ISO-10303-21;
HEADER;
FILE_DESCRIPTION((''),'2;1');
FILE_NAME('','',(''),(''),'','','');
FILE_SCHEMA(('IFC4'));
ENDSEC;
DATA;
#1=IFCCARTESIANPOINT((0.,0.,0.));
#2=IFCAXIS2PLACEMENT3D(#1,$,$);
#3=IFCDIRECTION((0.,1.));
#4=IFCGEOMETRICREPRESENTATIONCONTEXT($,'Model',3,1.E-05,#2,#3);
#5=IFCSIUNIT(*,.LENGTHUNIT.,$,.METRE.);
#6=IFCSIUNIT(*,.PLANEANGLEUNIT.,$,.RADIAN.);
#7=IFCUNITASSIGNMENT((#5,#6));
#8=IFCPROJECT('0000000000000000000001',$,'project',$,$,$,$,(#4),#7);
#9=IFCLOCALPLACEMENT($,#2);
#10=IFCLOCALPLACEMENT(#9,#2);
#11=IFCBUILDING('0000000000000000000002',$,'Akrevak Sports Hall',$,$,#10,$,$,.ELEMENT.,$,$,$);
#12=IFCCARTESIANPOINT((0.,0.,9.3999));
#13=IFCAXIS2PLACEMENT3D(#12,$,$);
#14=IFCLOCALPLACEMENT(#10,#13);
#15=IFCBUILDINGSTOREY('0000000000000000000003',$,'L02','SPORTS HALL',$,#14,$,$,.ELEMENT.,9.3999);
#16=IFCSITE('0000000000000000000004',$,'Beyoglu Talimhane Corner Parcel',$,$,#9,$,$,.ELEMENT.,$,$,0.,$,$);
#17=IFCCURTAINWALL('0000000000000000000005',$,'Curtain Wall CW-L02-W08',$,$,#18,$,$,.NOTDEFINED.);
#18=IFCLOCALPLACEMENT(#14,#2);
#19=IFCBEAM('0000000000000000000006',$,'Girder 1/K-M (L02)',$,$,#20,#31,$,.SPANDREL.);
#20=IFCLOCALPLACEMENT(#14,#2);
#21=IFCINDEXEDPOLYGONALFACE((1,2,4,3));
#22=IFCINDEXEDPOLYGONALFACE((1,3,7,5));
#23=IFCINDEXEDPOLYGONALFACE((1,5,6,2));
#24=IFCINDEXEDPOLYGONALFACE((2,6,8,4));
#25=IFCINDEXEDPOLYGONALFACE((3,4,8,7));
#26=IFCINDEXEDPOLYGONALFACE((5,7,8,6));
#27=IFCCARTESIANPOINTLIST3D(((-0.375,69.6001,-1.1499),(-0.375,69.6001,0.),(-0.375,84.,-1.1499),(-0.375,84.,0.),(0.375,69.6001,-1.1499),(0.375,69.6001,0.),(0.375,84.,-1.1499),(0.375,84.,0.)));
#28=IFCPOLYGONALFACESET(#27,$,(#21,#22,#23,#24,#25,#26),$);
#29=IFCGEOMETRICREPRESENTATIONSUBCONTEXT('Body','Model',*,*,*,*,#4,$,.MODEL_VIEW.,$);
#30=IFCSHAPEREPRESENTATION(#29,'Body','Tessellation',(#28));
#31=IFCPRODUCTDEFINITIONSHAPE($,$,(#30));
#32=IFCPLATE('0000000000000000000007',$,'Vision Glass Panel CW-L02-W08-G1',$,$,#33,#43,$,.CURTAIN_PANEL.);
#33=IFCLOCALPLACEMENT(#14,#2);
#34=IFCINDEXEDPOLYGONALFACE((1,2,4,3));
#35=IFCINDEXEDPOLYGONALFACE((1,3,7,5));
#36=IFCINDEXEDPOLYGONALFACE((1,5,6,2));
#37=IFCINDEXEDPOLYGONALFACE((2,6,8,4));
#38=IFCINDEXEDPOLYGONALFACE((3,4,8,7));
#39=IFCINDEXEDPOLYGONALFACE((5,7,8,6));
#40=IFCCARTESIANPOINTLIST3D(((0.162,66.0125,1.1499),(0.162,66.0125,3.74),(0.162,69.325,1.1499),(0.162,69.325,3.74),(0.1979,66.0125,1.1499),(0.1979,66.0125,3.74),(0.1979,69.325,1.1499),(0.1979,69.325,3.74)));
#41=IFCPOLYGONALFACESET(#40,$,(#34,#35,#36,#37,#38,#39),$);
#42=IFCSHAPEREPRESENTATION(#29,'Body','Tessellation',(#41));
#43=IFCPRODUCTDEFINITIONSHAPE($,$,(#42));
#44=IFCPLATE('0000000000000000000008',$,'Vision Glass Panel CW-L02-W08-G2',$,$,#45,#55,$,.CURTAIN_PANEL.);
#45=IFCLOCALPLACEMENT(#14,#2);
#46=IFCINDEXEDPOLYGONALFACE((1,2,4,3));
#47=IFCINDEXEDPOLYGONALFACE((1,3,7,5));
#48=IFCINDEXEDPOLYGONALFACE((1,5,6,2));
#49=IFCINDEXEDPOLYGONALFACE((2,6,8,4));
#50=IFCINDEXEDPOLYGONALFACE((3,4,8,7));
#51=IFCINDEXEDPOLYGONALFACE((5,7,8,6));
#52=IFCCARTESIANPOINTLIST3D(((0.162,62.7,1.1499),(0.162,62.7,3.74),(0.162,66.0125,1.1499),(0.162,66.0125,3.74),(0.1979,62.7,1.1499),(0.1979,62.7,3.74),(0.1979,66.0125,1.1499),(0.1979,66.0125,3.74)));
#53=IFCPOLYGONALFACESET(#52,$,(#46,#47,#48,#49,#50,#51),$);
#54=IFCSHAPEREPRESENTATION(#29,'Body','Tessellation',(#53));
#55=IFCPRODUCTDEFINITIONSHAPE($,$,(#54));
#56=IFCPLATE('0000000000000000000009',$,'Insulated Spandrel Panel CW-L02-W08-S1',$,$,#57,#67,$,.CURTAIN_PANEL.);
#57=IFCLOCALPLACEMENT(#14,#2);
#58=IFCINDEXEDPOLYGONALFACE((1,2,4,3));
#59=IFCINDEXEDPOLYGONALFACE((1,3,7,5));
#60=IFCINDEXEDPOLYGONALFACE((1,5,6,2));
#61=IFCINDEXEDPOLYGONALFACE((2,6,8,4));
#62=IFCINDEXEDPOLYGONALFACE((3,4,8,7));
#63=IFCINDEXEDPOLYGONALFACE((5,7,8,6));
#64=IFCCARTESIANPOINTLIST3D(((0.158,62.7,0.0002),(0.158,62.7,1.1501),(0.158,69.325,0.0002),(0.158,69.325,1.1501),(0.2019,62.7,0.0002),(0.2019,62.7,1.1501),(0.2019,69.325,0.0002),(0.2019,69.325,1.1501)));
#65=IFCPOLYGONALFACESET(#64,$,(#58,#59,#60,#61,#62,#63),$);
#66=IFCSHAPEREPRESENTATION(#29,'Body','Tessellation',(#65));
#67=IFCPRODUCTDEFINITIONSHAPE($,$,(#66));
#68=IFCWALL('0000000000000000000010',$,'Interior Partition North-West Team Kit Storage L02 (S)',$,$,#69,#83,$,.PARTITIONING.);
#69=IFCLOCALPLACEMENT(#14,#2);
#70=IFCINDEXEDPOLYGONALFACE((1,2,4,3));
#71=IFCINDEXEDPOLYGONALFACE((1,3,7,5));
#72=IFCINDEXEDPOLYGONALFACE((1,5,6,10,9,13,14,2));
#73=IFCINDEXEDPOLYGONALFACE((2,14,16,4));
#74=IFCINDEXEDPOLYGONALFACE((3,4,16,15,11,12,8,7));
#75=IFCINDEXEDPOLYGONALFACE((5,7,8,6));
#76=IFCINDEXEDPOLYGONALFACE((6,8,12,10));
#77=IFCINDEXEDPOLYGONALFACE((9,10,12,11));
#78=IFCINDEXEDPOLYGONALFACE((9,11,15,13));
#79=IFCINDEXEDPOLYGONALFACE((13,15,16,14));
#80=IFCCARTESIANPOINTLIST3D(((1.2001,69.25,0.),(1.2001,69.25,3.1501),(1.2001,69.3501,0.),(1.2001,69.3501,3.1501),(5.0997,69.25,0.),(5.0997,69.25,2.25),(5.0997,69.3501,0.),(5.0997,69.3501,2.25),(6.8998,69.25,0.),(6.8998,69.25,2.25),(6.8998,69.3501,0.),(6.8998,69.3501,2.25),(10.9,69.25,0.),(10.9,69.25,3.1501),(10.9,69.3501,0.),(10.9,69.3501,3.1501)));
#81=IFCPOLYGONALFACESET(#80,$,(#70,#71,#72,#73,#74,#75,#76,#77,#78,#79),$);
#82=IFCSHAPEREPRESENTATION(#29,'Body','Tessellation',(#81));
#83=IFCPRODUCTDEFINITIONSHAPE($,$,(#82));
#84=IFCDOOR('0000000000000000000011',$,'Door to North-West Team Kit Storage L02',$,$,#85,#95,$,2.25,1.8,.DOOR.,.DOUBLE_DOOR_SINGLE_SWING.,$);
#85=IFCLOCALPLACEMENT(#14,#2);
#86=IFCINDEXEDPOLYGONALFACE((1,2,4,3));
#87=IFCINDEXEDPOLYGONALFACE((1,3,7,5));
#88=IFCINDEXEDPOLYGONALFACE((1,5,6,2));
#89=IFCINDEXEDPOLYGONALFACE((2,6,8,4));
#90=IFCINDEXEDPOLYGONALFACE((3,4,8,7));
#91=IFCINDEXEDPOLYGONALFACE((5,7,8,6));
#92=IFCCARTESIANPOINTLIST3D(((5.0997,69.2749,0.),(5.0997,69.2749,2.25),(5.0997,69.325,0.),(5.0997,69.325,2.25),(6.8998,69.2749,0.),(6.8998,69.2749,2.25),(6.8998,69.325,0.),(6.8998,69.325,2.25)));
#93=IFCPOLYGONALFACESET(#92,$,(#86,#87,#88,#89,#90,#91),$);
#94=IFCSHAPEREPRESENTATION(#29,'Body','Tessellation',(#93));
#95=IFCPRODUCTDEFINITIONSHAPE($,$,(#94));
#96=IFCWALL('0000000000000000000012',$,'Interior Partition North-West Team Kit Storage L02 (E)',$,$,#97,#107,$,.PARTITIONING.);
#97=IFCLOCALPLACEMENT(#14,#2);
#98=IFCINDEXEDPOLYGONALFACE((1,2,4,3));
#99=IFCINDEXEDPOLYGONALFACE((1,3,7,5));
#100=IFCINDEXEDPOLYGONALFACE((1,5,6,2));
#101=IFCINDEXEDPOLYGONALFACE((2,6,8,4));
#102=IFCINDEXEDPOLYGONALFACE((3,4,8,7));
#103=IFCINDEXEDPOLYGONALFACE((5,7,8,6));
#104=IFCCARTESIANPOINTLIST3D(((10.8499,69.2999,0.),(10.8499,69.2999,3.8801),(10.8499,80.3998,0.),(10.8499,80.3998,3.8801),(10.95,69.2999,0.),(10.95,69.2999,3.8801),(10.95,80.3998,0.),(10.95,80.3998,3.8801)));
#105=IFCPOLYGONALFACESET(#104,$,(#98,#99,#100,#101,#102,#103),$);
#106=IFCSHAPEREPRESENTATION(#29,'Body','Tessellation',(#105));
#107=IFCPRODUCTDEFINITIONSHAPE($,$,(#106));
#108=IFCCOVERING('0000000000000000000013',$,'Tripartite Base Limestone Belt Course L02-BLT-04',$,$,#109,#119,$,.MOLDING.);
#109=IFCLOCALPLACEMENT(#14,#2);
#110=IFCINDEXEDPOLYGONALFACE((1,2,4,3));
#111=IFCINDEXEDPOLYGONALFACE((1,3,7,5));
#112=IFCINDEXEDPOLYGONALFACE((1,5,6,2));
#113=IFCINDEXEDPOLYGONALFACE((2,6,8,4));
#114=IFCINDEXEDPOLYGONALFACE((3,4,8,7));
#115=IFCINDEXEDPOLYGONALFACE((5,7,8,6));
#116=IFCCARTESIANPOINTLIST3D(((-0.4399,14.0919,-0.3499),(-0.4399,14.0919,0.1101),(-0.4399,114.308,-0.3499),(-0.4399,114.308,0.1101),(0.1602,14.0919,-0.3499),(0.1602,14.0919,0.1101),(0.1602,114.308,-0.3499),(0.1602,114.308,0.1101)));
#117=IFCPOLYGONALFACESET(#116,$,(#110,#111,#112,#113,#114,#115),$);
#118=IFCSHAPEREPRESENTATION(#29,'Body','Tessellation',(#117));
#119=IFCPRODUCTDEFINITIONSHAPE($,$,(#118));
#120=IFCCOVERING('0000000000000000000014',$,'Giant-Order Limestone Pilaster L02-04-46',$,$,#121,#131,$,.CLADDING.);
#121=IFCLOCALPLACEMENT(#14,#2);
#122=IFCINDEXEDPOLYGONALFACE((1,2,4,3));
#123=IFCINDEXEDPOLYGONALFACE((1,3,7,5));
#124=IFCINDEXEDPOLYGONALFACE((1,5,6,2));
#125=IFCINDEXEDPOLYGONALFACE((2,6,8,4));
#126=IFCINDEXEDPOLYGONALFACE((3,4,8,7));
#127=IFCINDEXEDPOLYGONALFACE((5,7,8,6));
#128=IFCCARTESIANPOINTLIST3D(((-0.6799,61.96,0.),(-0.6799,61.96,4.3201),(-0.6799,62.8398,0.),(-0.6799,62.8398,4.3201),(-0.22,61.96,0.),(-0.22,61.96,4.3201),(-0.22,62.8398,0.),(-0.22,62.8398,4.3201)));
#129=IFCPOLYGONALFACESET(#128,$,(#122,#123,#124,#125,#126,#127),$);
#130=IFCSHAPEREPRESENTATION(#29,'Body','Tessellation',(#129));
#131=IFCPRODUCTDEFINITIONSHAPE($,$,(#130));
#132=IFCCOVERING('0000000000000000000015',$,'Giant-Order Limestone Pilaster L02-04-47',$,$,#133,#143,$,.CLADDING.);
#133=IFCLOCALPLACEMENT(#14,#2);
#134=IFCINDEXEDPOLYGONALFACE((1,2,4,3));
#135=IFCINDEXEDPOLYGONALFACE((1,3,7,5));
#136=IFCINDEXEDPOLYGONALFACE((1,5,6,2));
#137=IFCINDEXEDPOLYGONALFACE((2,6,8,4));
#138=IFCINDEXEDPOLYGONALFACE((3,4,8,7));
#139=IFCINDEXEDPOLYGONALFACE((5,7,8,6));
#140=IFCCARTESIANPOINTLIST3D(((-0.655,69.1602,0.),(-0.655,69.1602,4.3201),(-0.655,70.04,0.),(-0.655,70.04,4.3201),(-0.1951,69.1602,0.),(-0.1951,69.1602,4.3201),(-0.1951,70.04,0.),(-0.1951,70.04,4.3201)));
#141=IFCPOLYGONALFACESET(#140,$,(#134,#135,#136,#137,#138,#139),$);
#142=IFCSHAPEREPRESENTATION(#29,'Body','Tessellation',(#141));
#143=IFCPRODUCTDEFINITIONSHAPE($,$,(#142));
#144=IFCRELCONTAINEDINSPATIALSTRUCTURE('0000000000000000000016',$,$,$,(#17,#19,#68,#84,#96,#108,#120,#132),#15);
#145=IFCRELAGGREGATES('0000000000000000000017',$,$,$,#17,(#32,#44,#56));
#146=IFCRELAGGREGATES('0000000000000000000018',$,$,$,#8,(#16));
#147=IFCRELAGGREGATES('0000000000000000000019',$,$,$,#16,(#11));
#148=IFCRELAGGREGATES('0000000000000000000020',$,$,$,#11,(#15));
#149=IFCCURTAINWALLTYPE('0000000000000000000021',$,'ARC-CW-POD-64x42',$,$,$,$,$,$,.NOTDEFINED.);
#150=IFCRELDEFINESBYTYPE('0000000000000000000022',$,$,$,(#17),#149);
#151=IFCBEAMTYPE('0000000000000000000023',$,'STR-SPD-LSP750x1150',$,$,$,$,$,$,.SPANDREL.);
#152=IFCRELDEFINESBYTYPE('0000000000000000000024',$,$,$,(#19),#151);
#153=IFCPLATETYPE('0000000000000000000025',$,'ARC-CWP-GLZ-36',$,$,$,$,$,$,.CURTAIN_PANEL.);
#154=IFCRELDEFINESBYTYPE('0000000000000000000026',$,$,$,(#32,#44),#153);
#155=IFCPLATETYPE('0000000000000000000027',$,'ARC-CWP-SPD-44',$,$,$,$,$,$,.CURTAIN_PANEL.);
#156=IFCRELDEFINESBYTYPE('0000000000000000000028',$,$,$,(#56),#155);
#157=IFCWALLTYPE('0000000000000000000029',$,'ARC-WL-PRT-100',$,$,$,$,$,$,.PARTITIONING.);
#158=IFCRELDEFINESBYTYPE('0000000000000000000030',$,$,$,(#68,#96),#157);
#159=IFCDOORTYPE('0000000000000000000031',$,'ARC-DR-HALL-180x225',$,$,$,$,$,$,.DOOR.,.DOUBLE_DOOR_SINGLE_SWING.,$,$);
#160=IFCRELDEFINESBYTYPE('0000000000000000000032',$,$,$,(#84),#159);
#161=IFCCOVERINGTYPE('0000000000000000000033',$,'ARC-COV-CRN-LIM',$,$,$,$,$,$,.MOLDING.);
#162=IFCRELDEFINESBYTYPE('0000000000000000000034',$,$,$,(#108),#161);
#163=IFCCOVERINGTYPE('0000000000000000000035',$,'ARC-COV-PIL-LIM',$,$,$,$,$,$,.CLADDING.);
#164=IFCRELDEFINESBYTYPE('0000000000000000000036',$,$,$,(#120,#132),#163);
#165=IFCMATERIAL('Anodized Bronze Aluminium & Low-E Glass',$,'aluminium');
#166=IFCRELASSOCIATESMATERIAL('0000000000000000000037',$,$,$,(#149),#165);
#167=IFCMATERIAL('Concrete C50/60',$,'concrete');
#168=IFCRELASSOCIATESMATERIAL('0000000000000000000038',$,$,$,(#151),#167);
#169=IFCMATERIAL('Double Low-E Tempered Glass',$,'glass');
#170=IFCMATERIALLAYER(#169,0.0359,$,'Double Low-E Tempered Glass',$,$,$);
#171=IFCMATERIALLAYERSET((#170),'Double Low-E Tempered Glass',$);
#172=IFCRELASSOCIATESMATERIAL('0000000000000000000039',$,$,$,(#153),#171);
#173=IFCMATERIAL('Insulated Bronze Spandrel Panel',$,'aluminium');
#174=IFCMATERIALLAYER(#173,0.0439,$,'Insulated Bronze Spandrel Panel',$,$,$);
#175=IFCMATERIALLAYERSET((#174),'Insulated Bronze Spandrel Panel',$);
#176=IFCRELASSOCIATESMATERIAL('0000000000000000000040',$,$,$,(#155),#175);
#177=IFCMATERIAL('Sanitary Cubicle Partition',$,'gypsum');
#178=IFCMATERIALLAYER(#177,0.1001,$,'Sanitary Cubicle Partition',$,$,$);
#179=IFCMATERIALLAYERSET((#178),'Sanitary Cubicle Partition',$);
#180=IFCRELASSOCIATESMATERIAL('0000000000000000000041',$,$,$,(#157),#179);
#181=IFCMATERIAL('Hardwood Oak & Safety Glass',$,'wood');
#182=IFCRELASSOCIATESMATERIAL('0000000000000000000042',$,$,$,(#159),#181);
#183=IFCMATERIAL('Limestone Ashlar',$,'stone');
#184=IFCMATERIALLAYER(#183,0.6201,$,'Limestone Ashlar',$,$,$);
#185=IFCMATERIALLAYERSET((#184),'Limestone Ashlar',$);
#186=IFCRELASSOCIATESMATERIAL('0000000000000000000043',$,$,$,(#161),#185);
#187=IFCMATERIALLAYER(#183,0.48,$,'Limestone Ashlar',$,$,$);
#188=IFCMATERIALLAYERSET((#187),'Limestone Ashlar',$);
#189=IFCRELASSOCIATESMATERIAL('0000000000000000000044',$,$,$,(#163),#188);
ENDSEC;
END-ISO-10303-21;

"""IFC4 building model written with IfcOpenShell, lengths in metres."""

from ifc_helpers import new_model, si_unit, direction, frame, frame_2d, origin, origin_2d, place, context, subcontext, project, spatial, rectangle, extrude, material, layer, layer_set, material_profile, profile_set, type_object, element, fill, aggregate, save


model = new_model("IFC4")

# Units and contexts
model_context = context("Model", 3, precision=1e-05, world=origin(), true_north=direction((0.0, 1.0)))
body_context = subcontext(model_context, "Body", "Model", "MODEL_VIEW")
ifc_project = project(units=[si_unit("LENGTHUNIT", "METRE"), si_unit("PLANEANGLEUNIT", "RADIAN")], contexts=[model_context])

# Site, building, storey
site_placement = place(None, origin())
site = spatial("IfcSite", under=ifc_project, at=site_placement, Name="Beyoglu Talimhane Corner Parcel", CompositionType="ELEMENT", RefElevation=0.0)
building_placement = place(site_placement, origin())
building = spatial("IfcBuilding", under=site, at=building_placement, Name="Akrevak Sports Hall", CompositionType="ELEMENT")
storey_placement = place(building_placement, frame((0.0, 0.0, 9.3999)))
storey = spatial("IfcBuildingStorey", under=building, at=storey_placement, Name="L02", Description="SPORTS HALL", CompositionType="ELEMENT", Elevation=9.3999)

# Curtain wall
ifc_material_1 = material(Name="Anodized Bronze Aluminium & Low-E Glass", Category="aluminium")
curtain_wall_type = type_object("IfcCurtainWallType", Name="ARC-CW-POD-64x42", PredefinedType="NOTDEFINED", material=ifc_material_1)
curtain_wall_1_placement = place(storey_placement, origin())
curtain_wall_1 = element("IfcCurtainWall", 1, at=curtain_wall_1_placement, inside=storey, type_object=curtain_wall_type, Name="Curtain Wall CW-L02-W08", PredefinedType="NOTDEFINED")

# Beam
ifc_material_2 = material(Name="Concrete C50/60", Category="concrete")
ifc_material_profile_1 = material_profile(ifc_material_2, rectangle(XDim=0.75, YDim=1.1499, at=origin_2d()), Name="SPD 750x1150", Category="concrete")
ifc_profile_set_1 = profile_set([ifc_material_profile_1], Name="Concrete C50/60")
beam_type_1 = type_object("IfcBeamType", Name="STR-SPD-LSP750x1150", PredefinedType="SPANDREL", material=ifc_profile_set_1)
beam_1_placement = place(storey_placement, frame((0.0, 69.6001, -0.575), z_axis=(0.0, 1.0, 0.0), x_axis=(-1.0, 0.0, 0.0)))
element("IfcBeam", 2, at=beam_1_placement, inside=storey, type_object=beam_type_1, Name="Girder 1/K-M (L02)", PredefinedType="SPANDREL", context=body_context, shape_type="SweptSolid", body=[
    extrude(rectangle(XDim=0.75, YDim=1.1499, at=origin_2d()), origin(), (0.0, 0.0, 1.0), 14.3999),
])

# Plates
ifc_material_3 = material(Name="Double Low-E Tempered Glass", Category="glass")
ifc_layer_1 = layer(ifc_material_3, 0.0359, Name="Double Low-E Tempered Glass")
ifc_layer_set_1 = layer_set([ifc_layer_1], Name="Double Low-E Tempered Glass")
plate_type_1 = type_object("IfcPlateType", Name="ARC-CWP-GLZ-36", PredefinedType="CURTAIN_PANEL", material=ifc_layer_set_1)
plate_1_placement = place(storey_placement, frame((0.1799, 67.6687, 1.1499), z_axis=(0.0, 0.0, 1.0), x_axis=(0.0, -1.0, 0.0)))
plate_1 = element("IfcPlate", 3, at=plate_1_placement, type_object=plate_type_1, Name="Vision Glass Panel CW-L02-W08-G1", PredefinedType="CURTAIN_PANEL", context=body_context, shape_type="SweptSolid", body=[
    extrude(rectangle(XDim=3.3125, YDim=0.0359, at=origin_2d()), origin(), (0.0, 0.0, 1.0), 2.5901),
])
plate_2_placement = place(storey_placement, frame((0.1799, 64.3562, 1.1499), z_axis=(0.0, 0.0, 1.0), x_axis=(0.0, -1.0, 0.0)))
plate_2 = element("IfcPlate", 4, at=plate_2_placement, type_object=plate_type_1, Name="Vision Glass Panel CW-L02-W08-G2", PredefinedType="CURTAIN_PANEL", context=body_context, shape_type="SweptSolid", body=[
    extrude(rectangle(XDim=3.3125, YDim=0.0359, at=origin_2d()), origin(), (0.0, 0.0, 1.0), 2.5901),
])
ifc_material_4 = material(Name="Insulated Bronze Spandrel Panel", Category="aluminium")
ifc_layer_2 = layer(ifc_material_4, 0.0439, Name="Insulated Bronze Spandrel Panel")
ifc_layer_set_2 = layer_set([ifc_layer_2], Name="Insulated Bronze Spandrel Panel")
plate_type_2 = type_object("IfcPlateType", Name="ARC-CWP-SPD-44", PredefinedType="CURTAIN_PANEL", material=ifc_layer_set_2)
plate_3_placement = place(storey_placement, frame((0.1799, 66.0125, 0.0002), z_axis=(0.0, 0.0, 1.0), x_axis=(0.0, -1.0, 0.0)))
plate_3 = element("IfcPlate", 5, at=plate_3_placement, type_object=plate_type_2, Name="Insulated Spandrel Panel CW-L02-W08-S1", PredefinedType="CURTAIN_PANEL", context=body_context, shape_type="SweptSolid", body=[
    extrude(rectangle(XDim=6.625, YDim=0.0439, at=origin_2d()), origin(), (0.0, 0.0, 1.0), 1.1499),
])
aggregate(curtain_wall_1, [plate_1, plate_2, plate_3])

# Wall, opening, door
ifc_material_5 = material(Name="Sanitary Cubicle Partition", Category="gypsum")
ifc_layer_3 = layer(ifc_material_5, 0.1001, Name="Sanitary Cubicle Partition")
ifc_layer_set_3 = layer_set([ifc_layer_3], Name="Sanitary Cubicle Partition")
wall_type = type_object("IfcWallType", Name="ARC-WL-PRT-100", PredefinedType="PARTITIONING", material=ifc_layer_set_3)
wall_1_placement = place(storey_placement, frame((1.2, 69.3, 0.0), z_axis=(0.0, 0.0, 1.0), x_axis=(1.0, 0.0, 0.0)))
wall_1 = element("IfcWall", 6, at=wall_1_placement, inside=storey, type_object=wall_type, Name="Interior Partition North-West Team Kit Storage L02 (S)", PredefinedType="PARTITIONING", context=body_context, shape_type="SweptSolid", body=[
    extrude(rectangle(XDim=9.7, YDim=0.1001, at=frame_2d((4.8501, 0.0))), origin(), (0.0, 0.0, 1.0), 3.1501),
])
opening_placement = place(wall_1_placement, frame((3.8999, 0.0, 0.0)))
opening = element("IfcOpeningElement", 7, at=opening_placement, cuts=wall_1, PredefinedType="OPENING", context=body_context, shape_type="SweptSolid", body=[
    extrude(rectangle(XDim=1.8, YDim=2.25, at=frame_2d((0.8999, 1.125))), frame((0.0, 0.062, 0.0), z_axis=(0.0, -1.0, 0.0), x_axis=(1.0, 0.0, 0.0)), (0.0, 0.0, 1.0), 0.124),
])
ifc_material_6 = material(Name="Hardwood Oak & Safety Glass", Category="wood")
door_type = type_object("IfcDoorType", Name="ARC-DR-HALL-180x225", OperationType="DOUBLE_DOOR_SINGLE_SWING", PredefinedType="DOOR", material=ifc_material_6)
door_placement = place(opening_placement, origin())
door = element("IfcDoor", 8, at=door_placement, inside=storey, type_object=door_type, Name="Door to North-West Team Kit Storage L02", OperationType="DOUBLE_DOOR_SINGLE_SWING", OverallHeight=2.25, OverallWidth=1.8, PredefinedType="DOOR", context=body_context, shape_type="SweptSolid", body=[
    extrude(rectangle(XDim=1.8, YDim=2.25, at=frame_2d((0.8999, 1.125))), frame((0.0, 0.0249, 0.0), z_axis=(0.0, -1.0, 0.0), x_axis=(1.0, 0.0, 0.0)), (0.0, 0.0, 1.0), 0.05),
])
fill(opening, door)

# Wall
wall_2_placement = place(storey_placement, frame((10.8999, 69.3, 0.0), z_axis=(0.0, 0.0, 1.0), x_axis=(0.0, 1.0, 0.0)))
element("IfcWall", 9, at=wall_2_placement, inside=storey, type_object=wall_type, Name="Interior Partition North-West Team Kit Storage L02 (E)", PredefinedType="PARTITIONING", context=body_context, shape_type="SweptSolid", body=[
    extrude(rectangle(XDim=11.0999, YDim=0.1001, at=frame_2d((5.5498, 0.0))), origin(), (0.0, 0.0, 1.0), 3.8801),
])

# Coverings
ifc_material_7 = material(Name="Limestone Ashlar", Category="stone")
ifc_layer_4 = layer(ifc_material_7, 0.6201, Name="Limestone Ashlar")
ifc_layer_set_4 = layer_set([ifc_layer_4], Name="Limestone Ashlar")
covering_type_1 = type_object("IfcCoveringType", Name="ARC-COV-CRN-LIM", PredefinedType="MOLDING", material=ifc_layer_set_4)
covering_placement = place(storey_placement, frame((-0.1399, 64.2, -0.3499), z_axis=(0.0, 0.0, 1.0), x_axis=(0.0, -1.0, 0.0)))
element("IfcCovering", 10, at=covering_placement, inside=storey, type_object=covering_type_1, Name="Tripartite Base Limestone Belt Course L02-BLT-04", PredefinedType="MOLDING", context=body_context, shape_type="SweptSolid", body=[
    extrude(rectangle(XDim=100.2161, YDim=0.6001, at=origin_2d()), origin(), (0.0, 0.0, 1.0), 0.46),
])
ifc_layer_5 = layer(ifc_material_7, 0.48, Name="Limestone Ashlar")
ifc_layer_set_5 = layer_set([ifc_layer_5], Name="Limestone Ashlar")
covering_type_2 = type_object("IfcCoveringType", Name="ARC-COV-PIL-LIM", PredefinedType="CLADDING", material=ifc_layer_set_5)
for number, where, z_axis, x_axis, name in (
    (11, (-0.45, 62.3999, 0.0), (0.0, 0.0, 1.0), (0.0, -1.0, 0.0), "Giant-Order Limestone Pilaster L02-04-46"),
    (12, (-0.425, 69.6001, 0.0), (0.0, 0.0, 1.0), (0.0, -1.0, 0.0), "Giant-Order Limestone Pilaster L02-04-47"),
):
    element("IfcCovering", number, at=place(storey_placement, frame(where, z_axis=z_axis, x_axis=x_axis)), inside=storey, type_object=covering_type_2, Name=name, PredefinedType="CLADDING", context=body_context, shape_type="SweptSolid", body=[
        extrude(rectangle(XDim=0.8799, YDim=0.46, at=origin_2d()), origin(), (0.0, 0.0, 1.0), 4.3201),
    ])

save(model, "model.ifc")
